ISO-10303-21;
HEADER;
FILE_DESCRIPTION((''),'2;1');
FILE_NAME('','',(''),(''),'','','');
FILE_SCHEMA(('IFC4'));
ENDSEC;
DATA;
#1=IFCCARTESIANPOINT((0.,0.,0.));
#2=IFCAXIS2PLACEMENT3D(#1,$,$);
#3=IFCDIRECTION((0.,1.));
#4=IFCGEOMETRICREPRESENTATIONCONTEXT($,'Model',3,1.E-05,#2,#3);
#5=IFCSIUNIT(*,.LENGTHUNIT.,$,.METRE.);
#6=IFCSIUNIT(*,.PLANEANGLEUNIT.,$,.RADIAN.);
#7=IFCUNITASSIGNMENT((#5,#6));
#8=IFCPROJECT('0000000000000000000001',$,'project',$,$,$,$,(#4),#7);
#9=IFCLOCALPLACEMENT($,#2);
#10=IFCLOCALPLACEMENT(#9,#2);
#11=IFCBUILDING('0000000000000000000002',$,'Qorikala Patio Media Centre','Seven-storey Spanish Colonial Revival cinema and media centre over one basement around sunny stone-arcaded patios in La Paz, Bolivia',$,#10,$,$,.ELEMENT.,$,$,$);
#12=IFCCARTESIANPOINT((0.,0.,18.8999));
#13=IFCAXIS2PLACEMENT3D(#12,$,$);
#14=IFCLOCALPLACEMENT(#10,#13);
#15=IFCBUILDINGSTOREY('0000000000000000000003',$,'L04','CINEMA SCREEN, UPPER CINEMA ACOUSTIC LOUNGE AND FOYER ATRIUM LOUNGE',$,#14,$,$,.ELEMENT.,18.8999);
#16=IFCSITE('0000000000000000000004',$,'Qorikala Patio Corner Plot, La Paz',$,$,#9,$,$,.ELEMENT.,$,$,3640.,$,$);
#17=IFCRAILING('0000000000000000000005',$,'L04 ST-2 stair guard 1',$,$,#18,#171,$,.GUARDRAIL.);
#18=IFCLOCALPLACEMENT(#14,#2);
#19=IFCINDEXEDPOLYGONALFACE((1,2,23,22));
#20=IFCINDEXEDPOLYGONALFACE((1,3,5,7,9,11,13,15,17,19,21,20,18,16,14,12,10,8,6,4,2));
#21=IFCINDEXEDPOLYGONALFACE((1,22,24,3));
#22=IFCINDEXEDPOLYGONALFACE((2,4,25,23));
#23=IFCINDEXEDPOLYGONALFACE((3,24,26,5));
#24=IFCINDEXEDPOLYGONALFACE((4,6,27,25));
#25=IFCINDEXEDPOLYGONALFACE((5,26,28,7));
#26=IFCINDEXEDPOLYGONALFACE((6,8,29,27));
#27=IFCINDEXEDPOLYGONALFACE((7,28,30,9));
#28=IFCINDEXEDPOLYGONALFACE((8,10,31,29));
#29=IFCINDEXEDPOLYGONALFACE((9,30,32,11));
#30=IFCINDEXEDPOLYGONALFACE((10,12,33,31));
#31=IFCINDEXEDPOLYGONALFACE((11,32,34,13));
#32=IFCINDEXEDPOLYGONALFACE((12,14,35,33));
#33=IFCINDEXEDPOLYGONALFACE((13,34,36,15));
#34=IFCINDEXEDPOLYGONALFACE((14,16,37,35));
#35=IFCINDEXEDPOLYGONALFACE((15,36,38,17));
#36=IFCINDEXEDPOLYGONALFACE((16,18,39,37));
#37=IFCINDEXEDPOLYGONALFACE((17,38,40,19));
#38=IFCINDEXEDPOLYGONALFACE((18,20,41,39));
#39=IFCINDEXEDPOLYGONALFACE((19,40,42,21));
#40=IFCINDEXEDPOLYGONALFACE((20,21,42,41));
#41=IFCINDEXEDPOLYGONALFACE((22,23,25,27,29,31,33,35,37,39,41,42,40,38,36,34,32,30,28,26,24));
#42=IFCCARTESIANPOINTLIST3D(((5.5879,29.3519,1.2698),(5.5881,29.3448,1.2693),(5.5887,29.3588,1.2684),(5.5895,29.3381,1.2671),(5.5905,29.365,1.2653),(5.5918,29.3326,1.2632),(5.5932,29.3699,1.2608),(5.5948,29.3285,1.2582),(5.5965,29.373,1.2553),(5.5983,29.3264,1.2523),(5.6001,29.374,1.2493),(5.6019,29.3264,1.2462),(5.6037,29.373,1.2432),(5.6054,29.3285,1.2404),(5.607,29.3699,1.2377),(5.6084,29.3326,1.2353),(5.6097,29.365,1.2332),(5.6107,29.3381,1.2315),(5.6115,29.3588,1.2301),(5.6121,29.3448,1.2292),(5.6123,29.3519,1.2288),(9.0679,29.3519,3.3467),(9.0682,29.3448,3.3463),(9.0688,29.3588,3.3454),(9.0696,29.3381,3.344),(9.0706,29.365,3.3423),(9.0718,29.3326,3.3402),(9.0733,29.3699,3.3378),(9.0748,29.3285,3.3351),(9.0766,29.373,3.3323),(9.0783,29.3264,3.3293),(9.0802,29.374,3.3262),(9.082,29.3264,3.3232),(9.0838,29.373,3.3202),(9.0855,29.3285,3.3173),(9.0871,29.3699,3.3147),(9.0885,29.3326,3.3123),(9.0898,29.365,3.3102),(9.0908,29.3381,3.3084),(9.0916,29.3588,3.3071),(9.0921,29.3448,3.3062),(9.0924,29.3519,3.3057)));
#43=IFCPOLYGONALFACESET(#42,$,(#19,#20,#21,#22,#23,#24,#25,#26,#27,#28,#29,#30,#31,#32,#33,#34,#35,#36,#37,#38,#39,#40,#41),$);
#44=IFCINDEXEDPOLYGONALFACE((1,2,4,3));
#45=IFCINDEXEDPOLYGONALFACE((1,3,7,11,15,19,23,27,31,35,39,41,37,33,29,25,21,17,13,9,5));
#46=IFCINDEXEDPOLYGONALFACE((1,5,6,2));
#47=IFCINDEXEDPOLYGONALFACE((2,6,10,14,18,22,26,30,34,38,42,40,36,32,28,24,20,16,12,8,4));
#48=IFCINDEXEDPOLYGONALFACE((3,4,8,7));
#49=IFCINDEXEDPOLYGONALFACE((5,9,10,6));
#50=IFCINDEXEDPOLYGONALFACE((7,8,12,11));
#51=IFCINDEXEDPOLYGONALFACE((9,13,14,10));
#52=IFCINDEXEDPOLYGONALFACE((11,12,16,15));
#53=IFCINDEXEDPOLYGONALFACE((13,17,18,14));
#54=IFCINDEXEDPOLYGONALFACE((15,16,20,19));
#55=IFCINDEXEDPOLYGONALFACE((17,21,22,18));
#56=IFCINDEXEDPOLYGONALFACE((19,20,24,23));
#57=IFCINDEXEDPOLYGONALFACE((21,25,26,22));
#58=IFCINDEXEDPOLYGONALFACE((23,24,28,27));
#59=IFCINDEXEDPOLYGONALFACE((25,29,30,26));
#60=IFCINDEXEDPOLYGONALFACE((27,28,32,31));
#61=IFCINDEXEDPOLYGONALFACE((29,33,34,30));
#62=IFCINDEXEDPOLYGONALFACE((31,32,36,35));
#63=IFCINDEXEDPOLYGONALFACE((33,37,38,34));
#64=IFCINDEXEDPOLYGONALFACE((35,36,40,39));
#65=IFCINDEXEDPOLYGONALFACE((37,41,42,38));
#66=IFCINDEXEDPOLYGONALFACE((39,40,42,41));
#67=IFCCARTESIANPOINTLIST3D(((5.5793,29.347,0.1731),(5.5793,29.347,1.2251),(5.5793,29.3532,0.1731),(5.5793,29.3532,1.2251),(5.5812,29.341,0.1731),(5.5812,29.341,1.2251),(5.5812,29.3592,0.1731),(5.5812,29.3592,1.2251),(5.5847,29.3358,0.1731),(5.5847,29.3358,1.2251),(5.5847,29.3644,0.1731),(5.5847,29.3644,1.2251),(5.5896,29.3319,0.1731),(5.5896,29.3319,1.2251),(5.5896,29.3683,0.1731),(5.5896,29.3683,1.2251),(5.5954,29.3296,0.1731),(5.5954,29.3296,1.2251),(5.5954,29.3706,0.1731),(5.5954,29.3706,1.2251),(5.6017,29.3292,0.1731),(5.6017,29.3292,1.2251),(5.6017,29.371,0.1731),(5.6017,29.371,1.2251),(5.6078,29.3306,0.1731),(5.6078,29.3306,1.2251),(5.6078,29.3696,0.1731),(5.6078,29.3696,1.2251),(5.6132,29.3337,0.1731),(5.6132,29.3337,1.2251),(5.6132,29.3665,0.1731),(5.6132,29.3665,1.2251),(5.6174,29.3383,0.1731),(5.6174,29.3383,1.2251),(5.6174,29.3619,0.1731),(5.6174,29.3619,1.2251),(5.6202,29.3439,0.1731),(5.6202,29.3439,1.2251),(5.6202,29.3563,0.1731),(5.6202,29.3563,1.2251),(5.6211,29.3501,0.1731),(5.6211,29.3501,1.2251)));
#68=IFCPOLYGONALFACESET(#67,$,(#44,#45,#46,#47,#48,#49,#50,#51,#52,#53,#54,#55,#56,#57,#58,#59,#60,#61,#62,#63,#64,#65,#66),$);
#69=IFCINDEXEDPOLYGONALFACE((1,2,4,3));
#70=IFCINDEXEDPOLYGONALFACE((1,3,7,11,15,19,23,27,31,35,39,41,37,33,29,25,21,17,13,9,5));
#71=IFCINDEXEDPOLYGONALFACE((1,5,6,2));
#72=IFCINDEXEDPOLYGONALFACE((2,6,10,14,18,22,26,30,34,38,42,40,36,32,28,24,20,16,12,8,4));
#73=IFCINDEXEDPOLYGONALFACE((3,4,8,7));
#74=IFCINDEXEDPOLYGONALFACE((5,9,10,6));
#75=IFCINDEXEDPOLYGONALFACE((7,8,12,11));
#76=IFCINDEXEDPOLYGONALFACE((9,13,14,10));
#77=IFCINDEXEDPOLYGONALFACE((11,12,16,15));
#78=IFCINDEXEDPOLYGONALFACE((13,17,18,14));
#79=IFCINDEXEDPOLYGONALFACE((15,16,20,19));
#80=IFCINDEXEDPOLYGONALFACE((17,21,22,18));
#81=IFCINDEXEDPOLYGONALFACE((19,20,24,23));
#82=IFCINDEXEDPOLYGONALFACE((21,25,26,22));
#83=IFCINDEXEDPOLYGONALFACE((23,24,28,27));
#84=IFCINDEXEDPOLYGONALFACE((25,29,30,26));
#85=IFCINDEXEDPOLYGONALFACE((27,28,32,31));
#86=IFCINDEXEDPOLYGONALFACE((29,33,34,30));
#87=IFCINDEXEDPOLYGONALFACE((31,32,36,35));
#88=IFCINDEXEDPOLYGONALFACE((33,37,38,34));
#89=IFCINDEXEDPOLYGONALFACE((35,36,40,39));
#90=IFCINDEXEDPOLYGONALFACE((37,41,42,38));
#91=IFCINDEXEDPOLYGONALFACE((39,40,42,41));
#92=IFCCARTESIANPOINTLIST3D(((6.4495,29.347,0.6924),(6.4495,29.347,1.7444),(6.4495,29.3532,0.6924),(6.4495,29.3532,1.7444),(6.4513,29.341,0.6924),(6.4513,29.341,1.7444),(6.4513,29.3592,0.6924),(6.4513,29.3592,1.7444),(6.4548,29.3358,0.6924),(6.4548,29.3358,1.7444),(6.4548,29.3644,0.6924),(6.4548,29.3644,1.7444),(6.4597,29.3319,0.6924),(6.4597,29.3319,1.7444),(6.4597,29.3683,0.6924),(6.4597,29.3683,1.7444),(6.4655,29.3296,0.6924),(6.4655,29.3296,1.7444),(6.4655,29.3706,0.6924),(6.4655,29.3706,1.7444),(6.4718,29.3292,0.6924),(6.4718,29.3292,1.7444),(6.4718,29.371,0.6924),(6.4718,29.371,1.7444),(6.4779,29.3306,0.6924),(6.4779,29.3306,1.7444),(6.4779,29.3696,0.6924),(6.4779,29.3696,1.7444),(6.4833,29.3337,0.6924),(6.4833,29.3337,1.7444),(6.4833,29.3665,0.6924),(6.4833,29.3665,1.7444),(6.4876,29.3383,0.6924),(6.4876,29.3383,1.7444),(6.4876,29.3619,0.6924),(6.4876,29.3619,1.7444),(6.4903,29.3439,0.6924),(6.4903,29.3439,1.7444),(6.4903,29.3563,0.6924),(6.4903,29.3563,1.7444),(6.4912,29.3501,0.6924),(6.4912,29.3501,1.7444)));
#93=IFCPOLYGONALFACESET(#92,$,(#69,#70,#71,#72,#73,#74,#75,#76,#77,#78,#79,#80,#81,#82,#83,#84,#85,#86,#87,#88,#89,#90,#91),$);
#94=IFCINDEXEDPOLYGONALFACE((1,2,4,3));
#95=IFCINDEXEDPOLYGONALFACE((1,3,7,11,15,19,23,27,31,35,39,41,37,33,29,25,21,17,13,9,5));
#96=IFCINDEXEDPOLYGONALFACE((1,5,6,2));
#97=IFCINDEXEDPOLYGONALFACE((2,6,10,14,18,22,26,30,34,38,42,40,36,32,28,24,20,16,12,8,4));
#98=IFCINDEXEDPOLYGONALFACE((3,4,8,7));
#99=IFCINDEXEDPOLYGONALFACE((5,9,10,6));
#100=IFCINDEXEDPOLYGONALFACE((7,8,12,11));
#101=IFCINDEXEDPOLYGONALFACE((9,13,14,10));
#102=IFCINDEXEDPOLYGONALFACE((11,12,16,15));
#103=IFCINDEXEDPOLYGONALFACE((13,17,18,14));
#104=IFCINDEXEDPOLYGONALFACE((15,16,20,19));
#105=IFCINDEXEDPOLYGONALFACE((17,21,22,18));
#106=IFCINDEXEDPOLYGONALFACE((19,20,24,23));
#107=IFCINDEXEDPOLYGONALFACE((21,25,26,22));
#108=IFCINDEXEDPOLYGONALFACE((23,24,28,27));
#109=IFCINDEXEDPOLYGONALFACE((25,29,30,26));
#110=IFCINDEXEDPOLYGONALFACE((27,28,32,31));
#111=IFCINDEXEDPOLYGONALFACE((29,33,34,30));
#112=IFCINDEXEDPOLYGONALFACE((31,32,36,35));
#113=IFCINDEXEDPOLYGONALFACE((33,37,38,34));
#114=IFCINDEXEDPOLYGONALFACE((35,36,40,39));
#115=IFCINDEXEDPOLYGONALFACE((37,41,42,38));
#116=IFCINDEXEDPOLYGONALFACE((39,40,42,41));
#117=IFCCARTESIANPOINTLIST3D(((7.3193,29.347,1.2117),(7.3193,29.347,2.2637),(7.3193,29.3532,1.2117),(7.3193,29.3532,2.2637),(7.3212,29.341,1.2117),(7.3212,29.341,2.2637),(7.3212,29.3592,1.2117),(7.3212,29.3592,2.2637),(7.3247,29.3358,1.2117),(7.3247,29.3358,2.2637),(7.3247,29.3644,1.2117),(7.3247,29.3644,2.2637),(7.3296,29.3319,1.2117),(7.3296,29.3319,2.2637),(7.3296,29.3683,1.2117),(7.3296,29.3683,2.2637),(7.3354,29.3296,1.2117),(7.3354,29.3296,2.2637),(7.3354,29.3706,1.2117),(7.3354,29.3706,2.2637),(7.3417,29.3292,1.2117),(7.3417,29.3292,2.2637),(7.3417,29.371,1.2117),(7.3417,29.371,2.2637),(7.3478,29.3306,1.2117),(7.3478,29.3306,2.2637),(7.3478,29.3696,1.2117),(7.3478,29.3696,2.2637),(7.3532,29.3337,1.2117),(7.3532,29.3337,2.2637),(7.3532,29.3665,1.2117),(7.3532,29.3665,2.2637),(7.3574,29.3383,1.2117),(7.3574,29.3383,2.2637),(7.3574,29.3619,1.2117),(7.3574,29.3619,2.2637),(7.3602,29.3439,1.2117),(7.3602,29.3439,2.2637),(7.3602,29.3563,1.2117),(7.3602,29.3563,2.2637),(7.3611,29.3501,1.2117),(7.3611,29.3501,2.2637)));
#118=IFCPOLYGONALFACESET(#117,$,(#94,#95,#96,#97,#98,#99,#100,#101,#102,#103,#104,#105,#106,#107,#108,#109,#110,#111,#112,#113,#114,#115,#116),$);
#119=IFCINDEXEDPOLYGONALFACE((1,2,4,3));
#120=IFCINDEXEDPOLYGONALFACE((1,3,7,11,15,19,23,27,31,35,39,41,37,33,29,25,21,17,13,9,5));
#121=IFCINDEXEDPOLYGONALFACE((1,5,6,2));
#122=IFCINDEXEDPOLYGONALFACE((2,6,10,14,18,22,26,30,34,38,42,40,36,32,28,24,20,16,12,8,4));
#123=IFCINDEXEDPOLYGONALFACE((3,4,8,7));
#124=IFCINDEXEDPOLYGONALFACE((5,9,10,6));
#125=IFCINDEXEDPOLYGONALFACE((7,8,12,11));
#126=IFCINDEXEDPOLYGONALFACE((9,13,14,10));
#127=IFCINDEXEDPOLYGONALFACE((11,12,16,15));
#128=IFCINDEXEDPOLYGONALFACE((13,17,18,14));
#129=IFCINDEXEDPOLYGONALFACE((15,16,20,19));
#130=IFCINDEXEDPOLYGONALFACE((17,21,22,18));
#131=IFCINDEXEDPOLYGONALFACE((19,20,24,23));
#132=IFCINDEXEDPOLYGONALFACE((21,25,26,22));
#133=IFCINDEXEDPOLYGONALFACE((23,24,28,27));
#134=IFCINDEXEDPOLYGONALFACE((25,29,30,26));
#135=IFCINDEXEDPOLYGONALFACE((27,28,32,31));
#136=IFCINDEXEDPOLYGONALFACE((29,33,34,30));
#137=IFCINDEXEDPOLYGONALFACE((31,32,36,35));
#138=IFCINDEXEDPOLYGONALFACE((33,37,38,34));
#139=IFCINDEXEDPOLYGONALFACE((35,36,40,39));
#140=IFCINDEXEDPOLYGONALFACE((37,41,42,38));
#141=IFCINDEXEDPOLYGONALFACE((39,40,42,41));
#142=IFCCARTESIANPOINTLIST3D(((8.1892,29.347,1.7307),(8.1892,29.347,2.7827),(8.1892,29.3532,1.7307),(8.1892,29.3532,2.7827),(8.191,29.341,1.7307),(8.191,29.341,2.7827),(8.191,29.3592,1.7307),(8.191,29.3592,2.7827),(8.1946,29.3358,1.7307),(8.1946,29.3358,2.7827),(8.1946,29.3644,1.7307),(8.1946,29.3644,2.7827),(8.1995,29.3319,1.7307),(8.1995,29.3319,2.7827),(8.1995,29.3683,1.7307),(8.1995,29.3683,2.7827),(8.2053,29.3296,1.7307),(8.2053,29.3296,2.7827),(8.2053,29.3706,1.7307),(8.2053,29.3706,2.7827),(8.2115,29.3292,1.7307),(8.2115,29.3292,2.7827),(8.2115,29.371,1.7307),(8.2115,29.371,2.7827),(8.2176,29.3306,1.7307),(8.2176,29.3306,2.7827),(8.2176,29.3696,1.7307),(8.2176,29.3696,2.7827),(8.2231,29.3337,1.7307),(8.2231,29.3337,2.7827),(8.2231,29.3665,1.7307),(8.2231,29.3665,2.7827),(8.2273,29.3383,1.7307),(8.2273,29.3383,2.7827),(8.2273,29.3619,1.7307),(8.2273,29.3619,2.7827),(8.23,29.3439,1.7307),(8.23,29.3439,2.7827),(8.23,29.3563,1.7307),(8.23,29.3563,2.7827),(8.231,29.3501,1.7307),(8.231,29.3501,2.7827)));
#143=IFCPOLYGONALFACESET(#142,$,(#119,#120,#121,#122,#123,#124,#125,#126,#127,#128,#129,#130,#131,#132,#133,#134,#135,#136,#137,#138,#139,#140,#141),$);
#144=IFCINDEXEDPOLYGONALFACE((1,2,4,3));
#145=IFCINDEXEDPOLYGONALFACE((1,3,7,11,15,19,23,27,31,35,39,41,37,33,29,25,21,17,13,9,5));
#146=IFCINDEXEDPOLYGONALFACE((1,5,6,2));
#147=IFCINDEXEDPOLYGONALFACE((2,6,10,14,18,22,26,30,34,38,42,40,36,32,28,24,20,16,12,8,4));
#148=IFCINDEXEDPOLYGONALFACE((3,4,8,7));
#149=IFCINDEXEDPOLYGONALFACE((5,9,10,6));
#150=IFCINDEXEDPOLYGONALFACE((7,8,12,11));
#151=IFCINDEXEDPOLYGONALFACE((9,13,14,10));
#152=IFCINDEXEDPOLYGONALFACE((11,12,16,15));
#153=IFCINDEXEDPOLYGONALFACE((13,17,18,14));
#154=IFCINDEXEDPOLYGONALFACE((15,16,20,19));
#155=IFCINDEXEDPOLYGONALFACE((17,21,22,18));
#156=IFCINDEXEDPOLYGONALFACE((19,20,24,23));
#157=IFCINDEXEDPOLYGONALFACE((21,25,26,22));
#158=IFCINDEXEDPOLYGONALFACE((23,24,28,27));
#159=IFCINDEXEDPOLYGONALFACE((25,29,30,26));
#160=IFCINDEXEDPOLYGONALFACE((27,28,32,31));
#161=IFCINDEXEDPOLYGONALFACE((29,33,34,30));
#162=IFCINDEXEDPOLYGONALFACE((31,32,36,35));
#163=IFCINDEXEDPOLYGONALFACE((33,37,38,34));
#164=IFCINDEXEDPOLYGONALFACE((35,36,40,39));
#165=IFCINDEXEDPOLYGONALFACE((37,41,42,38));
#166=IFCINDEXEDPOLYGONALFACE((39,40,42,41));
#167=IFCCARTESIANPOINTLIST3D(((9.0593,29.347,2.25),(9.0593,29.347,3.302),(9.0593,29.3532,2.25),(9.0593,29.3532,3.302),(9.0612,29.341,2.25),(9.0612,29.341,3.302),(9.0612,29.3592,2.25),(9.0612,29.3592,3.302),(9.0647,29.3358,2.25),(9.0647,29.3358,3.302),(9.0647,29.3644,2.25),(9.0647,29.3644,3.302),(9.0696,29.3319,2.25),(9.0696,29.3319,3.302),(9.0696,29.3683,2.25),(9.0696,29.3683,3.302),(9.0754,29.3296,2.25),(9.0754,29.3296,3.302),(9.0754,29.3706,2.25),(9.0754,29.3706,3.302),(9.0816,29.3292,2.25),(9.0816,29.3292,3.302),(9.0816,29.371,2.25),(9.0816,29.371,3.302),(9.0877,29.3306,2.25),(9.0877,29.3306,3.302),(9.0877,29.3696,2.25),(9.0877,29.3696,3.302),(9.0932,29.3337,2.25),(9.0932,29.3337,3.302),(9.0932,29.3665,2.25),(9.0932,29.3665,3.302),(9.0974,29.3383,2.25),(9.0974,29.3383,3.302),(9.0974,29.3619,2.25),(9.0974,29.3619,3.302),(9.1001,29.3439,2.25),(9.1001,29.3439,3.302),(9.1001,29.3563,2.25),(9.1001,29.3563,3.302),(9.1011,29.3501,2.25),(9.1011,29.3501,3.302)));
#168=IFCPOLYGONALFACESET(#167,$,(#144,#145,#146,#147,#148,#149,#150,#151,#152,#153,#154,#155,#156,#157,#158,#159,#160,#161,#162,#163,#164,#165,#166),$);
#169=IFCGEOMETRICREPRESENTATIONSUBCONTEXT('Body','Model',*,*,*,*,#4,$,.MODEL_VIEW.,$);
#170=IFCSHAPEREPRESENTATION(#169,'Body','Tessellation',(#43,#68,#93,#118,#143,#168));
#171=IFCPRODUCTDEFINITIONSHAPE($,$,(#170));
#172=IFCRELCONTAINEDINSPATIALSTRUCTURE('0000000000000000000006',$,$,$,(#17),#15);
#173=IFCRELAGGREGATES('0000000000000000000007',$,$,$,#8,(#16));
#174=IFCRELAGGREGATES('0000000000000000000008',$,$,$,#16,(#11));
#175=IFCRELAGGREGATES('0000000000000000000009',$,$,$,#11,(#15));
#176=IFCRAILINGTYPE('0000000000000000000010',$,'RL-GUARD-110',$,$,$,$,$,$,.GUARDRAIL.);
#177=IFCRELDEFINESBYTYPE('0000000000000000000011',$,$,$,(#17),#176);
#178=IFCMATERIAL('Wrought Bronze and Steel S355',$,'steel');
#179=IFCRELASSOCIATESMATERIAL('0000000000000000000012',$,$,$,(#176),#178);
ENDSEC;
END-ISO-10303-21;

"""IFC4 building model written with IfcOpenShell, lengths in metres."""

from ifc_helpers import new_model, si_unit, direction, frame, origin, origin_2d, place, context, subcontext, project, spatial, circle, extrude, material, type_object, element, save


model = new_model("IFC4")

# Units and contexts
model_context = context("Model", 3, precision=1e-05, world=origin(), true_north=direction((0.0, 1.0)))
body_context = subcontext(model_context, "Body", "Model", "MODEL_VIEW")
ifc_project = project(units=[si_unit("LENGTHUNIT", "METRE"), si_unit("PLANEANGLEUNIT", "RADIAN")], contexts=[model_context])

# Site, building, storey
site_placement = place(None, origin())
site = spatial("IfcSite", under=ifc_project, at=site_placement, Name="Qorikala Patio Corner Plot, La Paz", CompositionType="ELEMENT", RefElevation=3640.0)
building_placement = place(site_placement, origin())
building = spatial("IfcBuilding", under=site, at=building_placement, Name="Qorikala Patio Media Centre", Description="Seven-storey Spanish Colonial Revival cinema and media centre over one basement around sunny stone-arcaded patios in La Paz, Bolivia", CompositionType="ELEMENT")
storey_placement = place(building_placement, frame((0.0, 0.0, 18.8999)))
storey = spatial("IfcBuildingStorey", under=building, at=storey_placement, Name="L04", Description="CINEMA SCREEN, UPPER CINEMA ACOUSTIC LOUNGE AND FOYER ATRIUM LOUNGE", CompositionType="ELEMENT", Elevation=18.8999)

# Railing
ifc_material_1 = material(Name="Wrought Bronze and Steel S355", Category="steel")
railing_type_1 = type_object("IfcRailingType", Name="RL-GUARD-110", PredefinedType="GUARDRAIL", material=ifc_material_1)
railing_1_placement = place(storey_placement, frame((5.6001, 29.3501, 0.1731)))
element("IfcRailing", 1, at=railing_1_placement, inside=storey, type_object=railing_type_1, Name="L04 ST-2 stair guard 1", PredefinedType="GUARDRAIL", context=body_context, shape_type="SweptSolid", body=[
    extrude(circle(Radius=0.0239, at=origin_2d()), frame((0.0, 0.0, 1.0762), z_axis=(0.858697, 0.0, 0.512483), x_axis=(0.0, 1.0, 0.0)), (0.0, 0.0, 1.0), 4.0527),
    extrude(circle(Radius=0.021, at=origin_2d()), origin(), (0.0, 0.0, 1.0), 1.052),
    extrude(circle(Radius=0.021, at=origin_2d()), frame((0.8701, 0.0, 0.5193)), (0.0, 0.0, 1.0), 1.052),
    extrude(circle(Radius=0.021, at=origin_2d()), frame((1.74, 0.0, 1.0386)), (0.0, 0.0, 1.0), 1.052),
    extrude(circle(Radius=0.021, at=origin_2d()), frame((2.6099, 0.0, 1.5576)), (0.0, 0.0, 1.0), 1.052),
    extrude(circle(Radius=0.021, at=origin_2d()), frame((3.48, 0.0, 2.0769)), (0.0, 0.0, 1.0), 1.052),
])

save(model, "model.ifc")
